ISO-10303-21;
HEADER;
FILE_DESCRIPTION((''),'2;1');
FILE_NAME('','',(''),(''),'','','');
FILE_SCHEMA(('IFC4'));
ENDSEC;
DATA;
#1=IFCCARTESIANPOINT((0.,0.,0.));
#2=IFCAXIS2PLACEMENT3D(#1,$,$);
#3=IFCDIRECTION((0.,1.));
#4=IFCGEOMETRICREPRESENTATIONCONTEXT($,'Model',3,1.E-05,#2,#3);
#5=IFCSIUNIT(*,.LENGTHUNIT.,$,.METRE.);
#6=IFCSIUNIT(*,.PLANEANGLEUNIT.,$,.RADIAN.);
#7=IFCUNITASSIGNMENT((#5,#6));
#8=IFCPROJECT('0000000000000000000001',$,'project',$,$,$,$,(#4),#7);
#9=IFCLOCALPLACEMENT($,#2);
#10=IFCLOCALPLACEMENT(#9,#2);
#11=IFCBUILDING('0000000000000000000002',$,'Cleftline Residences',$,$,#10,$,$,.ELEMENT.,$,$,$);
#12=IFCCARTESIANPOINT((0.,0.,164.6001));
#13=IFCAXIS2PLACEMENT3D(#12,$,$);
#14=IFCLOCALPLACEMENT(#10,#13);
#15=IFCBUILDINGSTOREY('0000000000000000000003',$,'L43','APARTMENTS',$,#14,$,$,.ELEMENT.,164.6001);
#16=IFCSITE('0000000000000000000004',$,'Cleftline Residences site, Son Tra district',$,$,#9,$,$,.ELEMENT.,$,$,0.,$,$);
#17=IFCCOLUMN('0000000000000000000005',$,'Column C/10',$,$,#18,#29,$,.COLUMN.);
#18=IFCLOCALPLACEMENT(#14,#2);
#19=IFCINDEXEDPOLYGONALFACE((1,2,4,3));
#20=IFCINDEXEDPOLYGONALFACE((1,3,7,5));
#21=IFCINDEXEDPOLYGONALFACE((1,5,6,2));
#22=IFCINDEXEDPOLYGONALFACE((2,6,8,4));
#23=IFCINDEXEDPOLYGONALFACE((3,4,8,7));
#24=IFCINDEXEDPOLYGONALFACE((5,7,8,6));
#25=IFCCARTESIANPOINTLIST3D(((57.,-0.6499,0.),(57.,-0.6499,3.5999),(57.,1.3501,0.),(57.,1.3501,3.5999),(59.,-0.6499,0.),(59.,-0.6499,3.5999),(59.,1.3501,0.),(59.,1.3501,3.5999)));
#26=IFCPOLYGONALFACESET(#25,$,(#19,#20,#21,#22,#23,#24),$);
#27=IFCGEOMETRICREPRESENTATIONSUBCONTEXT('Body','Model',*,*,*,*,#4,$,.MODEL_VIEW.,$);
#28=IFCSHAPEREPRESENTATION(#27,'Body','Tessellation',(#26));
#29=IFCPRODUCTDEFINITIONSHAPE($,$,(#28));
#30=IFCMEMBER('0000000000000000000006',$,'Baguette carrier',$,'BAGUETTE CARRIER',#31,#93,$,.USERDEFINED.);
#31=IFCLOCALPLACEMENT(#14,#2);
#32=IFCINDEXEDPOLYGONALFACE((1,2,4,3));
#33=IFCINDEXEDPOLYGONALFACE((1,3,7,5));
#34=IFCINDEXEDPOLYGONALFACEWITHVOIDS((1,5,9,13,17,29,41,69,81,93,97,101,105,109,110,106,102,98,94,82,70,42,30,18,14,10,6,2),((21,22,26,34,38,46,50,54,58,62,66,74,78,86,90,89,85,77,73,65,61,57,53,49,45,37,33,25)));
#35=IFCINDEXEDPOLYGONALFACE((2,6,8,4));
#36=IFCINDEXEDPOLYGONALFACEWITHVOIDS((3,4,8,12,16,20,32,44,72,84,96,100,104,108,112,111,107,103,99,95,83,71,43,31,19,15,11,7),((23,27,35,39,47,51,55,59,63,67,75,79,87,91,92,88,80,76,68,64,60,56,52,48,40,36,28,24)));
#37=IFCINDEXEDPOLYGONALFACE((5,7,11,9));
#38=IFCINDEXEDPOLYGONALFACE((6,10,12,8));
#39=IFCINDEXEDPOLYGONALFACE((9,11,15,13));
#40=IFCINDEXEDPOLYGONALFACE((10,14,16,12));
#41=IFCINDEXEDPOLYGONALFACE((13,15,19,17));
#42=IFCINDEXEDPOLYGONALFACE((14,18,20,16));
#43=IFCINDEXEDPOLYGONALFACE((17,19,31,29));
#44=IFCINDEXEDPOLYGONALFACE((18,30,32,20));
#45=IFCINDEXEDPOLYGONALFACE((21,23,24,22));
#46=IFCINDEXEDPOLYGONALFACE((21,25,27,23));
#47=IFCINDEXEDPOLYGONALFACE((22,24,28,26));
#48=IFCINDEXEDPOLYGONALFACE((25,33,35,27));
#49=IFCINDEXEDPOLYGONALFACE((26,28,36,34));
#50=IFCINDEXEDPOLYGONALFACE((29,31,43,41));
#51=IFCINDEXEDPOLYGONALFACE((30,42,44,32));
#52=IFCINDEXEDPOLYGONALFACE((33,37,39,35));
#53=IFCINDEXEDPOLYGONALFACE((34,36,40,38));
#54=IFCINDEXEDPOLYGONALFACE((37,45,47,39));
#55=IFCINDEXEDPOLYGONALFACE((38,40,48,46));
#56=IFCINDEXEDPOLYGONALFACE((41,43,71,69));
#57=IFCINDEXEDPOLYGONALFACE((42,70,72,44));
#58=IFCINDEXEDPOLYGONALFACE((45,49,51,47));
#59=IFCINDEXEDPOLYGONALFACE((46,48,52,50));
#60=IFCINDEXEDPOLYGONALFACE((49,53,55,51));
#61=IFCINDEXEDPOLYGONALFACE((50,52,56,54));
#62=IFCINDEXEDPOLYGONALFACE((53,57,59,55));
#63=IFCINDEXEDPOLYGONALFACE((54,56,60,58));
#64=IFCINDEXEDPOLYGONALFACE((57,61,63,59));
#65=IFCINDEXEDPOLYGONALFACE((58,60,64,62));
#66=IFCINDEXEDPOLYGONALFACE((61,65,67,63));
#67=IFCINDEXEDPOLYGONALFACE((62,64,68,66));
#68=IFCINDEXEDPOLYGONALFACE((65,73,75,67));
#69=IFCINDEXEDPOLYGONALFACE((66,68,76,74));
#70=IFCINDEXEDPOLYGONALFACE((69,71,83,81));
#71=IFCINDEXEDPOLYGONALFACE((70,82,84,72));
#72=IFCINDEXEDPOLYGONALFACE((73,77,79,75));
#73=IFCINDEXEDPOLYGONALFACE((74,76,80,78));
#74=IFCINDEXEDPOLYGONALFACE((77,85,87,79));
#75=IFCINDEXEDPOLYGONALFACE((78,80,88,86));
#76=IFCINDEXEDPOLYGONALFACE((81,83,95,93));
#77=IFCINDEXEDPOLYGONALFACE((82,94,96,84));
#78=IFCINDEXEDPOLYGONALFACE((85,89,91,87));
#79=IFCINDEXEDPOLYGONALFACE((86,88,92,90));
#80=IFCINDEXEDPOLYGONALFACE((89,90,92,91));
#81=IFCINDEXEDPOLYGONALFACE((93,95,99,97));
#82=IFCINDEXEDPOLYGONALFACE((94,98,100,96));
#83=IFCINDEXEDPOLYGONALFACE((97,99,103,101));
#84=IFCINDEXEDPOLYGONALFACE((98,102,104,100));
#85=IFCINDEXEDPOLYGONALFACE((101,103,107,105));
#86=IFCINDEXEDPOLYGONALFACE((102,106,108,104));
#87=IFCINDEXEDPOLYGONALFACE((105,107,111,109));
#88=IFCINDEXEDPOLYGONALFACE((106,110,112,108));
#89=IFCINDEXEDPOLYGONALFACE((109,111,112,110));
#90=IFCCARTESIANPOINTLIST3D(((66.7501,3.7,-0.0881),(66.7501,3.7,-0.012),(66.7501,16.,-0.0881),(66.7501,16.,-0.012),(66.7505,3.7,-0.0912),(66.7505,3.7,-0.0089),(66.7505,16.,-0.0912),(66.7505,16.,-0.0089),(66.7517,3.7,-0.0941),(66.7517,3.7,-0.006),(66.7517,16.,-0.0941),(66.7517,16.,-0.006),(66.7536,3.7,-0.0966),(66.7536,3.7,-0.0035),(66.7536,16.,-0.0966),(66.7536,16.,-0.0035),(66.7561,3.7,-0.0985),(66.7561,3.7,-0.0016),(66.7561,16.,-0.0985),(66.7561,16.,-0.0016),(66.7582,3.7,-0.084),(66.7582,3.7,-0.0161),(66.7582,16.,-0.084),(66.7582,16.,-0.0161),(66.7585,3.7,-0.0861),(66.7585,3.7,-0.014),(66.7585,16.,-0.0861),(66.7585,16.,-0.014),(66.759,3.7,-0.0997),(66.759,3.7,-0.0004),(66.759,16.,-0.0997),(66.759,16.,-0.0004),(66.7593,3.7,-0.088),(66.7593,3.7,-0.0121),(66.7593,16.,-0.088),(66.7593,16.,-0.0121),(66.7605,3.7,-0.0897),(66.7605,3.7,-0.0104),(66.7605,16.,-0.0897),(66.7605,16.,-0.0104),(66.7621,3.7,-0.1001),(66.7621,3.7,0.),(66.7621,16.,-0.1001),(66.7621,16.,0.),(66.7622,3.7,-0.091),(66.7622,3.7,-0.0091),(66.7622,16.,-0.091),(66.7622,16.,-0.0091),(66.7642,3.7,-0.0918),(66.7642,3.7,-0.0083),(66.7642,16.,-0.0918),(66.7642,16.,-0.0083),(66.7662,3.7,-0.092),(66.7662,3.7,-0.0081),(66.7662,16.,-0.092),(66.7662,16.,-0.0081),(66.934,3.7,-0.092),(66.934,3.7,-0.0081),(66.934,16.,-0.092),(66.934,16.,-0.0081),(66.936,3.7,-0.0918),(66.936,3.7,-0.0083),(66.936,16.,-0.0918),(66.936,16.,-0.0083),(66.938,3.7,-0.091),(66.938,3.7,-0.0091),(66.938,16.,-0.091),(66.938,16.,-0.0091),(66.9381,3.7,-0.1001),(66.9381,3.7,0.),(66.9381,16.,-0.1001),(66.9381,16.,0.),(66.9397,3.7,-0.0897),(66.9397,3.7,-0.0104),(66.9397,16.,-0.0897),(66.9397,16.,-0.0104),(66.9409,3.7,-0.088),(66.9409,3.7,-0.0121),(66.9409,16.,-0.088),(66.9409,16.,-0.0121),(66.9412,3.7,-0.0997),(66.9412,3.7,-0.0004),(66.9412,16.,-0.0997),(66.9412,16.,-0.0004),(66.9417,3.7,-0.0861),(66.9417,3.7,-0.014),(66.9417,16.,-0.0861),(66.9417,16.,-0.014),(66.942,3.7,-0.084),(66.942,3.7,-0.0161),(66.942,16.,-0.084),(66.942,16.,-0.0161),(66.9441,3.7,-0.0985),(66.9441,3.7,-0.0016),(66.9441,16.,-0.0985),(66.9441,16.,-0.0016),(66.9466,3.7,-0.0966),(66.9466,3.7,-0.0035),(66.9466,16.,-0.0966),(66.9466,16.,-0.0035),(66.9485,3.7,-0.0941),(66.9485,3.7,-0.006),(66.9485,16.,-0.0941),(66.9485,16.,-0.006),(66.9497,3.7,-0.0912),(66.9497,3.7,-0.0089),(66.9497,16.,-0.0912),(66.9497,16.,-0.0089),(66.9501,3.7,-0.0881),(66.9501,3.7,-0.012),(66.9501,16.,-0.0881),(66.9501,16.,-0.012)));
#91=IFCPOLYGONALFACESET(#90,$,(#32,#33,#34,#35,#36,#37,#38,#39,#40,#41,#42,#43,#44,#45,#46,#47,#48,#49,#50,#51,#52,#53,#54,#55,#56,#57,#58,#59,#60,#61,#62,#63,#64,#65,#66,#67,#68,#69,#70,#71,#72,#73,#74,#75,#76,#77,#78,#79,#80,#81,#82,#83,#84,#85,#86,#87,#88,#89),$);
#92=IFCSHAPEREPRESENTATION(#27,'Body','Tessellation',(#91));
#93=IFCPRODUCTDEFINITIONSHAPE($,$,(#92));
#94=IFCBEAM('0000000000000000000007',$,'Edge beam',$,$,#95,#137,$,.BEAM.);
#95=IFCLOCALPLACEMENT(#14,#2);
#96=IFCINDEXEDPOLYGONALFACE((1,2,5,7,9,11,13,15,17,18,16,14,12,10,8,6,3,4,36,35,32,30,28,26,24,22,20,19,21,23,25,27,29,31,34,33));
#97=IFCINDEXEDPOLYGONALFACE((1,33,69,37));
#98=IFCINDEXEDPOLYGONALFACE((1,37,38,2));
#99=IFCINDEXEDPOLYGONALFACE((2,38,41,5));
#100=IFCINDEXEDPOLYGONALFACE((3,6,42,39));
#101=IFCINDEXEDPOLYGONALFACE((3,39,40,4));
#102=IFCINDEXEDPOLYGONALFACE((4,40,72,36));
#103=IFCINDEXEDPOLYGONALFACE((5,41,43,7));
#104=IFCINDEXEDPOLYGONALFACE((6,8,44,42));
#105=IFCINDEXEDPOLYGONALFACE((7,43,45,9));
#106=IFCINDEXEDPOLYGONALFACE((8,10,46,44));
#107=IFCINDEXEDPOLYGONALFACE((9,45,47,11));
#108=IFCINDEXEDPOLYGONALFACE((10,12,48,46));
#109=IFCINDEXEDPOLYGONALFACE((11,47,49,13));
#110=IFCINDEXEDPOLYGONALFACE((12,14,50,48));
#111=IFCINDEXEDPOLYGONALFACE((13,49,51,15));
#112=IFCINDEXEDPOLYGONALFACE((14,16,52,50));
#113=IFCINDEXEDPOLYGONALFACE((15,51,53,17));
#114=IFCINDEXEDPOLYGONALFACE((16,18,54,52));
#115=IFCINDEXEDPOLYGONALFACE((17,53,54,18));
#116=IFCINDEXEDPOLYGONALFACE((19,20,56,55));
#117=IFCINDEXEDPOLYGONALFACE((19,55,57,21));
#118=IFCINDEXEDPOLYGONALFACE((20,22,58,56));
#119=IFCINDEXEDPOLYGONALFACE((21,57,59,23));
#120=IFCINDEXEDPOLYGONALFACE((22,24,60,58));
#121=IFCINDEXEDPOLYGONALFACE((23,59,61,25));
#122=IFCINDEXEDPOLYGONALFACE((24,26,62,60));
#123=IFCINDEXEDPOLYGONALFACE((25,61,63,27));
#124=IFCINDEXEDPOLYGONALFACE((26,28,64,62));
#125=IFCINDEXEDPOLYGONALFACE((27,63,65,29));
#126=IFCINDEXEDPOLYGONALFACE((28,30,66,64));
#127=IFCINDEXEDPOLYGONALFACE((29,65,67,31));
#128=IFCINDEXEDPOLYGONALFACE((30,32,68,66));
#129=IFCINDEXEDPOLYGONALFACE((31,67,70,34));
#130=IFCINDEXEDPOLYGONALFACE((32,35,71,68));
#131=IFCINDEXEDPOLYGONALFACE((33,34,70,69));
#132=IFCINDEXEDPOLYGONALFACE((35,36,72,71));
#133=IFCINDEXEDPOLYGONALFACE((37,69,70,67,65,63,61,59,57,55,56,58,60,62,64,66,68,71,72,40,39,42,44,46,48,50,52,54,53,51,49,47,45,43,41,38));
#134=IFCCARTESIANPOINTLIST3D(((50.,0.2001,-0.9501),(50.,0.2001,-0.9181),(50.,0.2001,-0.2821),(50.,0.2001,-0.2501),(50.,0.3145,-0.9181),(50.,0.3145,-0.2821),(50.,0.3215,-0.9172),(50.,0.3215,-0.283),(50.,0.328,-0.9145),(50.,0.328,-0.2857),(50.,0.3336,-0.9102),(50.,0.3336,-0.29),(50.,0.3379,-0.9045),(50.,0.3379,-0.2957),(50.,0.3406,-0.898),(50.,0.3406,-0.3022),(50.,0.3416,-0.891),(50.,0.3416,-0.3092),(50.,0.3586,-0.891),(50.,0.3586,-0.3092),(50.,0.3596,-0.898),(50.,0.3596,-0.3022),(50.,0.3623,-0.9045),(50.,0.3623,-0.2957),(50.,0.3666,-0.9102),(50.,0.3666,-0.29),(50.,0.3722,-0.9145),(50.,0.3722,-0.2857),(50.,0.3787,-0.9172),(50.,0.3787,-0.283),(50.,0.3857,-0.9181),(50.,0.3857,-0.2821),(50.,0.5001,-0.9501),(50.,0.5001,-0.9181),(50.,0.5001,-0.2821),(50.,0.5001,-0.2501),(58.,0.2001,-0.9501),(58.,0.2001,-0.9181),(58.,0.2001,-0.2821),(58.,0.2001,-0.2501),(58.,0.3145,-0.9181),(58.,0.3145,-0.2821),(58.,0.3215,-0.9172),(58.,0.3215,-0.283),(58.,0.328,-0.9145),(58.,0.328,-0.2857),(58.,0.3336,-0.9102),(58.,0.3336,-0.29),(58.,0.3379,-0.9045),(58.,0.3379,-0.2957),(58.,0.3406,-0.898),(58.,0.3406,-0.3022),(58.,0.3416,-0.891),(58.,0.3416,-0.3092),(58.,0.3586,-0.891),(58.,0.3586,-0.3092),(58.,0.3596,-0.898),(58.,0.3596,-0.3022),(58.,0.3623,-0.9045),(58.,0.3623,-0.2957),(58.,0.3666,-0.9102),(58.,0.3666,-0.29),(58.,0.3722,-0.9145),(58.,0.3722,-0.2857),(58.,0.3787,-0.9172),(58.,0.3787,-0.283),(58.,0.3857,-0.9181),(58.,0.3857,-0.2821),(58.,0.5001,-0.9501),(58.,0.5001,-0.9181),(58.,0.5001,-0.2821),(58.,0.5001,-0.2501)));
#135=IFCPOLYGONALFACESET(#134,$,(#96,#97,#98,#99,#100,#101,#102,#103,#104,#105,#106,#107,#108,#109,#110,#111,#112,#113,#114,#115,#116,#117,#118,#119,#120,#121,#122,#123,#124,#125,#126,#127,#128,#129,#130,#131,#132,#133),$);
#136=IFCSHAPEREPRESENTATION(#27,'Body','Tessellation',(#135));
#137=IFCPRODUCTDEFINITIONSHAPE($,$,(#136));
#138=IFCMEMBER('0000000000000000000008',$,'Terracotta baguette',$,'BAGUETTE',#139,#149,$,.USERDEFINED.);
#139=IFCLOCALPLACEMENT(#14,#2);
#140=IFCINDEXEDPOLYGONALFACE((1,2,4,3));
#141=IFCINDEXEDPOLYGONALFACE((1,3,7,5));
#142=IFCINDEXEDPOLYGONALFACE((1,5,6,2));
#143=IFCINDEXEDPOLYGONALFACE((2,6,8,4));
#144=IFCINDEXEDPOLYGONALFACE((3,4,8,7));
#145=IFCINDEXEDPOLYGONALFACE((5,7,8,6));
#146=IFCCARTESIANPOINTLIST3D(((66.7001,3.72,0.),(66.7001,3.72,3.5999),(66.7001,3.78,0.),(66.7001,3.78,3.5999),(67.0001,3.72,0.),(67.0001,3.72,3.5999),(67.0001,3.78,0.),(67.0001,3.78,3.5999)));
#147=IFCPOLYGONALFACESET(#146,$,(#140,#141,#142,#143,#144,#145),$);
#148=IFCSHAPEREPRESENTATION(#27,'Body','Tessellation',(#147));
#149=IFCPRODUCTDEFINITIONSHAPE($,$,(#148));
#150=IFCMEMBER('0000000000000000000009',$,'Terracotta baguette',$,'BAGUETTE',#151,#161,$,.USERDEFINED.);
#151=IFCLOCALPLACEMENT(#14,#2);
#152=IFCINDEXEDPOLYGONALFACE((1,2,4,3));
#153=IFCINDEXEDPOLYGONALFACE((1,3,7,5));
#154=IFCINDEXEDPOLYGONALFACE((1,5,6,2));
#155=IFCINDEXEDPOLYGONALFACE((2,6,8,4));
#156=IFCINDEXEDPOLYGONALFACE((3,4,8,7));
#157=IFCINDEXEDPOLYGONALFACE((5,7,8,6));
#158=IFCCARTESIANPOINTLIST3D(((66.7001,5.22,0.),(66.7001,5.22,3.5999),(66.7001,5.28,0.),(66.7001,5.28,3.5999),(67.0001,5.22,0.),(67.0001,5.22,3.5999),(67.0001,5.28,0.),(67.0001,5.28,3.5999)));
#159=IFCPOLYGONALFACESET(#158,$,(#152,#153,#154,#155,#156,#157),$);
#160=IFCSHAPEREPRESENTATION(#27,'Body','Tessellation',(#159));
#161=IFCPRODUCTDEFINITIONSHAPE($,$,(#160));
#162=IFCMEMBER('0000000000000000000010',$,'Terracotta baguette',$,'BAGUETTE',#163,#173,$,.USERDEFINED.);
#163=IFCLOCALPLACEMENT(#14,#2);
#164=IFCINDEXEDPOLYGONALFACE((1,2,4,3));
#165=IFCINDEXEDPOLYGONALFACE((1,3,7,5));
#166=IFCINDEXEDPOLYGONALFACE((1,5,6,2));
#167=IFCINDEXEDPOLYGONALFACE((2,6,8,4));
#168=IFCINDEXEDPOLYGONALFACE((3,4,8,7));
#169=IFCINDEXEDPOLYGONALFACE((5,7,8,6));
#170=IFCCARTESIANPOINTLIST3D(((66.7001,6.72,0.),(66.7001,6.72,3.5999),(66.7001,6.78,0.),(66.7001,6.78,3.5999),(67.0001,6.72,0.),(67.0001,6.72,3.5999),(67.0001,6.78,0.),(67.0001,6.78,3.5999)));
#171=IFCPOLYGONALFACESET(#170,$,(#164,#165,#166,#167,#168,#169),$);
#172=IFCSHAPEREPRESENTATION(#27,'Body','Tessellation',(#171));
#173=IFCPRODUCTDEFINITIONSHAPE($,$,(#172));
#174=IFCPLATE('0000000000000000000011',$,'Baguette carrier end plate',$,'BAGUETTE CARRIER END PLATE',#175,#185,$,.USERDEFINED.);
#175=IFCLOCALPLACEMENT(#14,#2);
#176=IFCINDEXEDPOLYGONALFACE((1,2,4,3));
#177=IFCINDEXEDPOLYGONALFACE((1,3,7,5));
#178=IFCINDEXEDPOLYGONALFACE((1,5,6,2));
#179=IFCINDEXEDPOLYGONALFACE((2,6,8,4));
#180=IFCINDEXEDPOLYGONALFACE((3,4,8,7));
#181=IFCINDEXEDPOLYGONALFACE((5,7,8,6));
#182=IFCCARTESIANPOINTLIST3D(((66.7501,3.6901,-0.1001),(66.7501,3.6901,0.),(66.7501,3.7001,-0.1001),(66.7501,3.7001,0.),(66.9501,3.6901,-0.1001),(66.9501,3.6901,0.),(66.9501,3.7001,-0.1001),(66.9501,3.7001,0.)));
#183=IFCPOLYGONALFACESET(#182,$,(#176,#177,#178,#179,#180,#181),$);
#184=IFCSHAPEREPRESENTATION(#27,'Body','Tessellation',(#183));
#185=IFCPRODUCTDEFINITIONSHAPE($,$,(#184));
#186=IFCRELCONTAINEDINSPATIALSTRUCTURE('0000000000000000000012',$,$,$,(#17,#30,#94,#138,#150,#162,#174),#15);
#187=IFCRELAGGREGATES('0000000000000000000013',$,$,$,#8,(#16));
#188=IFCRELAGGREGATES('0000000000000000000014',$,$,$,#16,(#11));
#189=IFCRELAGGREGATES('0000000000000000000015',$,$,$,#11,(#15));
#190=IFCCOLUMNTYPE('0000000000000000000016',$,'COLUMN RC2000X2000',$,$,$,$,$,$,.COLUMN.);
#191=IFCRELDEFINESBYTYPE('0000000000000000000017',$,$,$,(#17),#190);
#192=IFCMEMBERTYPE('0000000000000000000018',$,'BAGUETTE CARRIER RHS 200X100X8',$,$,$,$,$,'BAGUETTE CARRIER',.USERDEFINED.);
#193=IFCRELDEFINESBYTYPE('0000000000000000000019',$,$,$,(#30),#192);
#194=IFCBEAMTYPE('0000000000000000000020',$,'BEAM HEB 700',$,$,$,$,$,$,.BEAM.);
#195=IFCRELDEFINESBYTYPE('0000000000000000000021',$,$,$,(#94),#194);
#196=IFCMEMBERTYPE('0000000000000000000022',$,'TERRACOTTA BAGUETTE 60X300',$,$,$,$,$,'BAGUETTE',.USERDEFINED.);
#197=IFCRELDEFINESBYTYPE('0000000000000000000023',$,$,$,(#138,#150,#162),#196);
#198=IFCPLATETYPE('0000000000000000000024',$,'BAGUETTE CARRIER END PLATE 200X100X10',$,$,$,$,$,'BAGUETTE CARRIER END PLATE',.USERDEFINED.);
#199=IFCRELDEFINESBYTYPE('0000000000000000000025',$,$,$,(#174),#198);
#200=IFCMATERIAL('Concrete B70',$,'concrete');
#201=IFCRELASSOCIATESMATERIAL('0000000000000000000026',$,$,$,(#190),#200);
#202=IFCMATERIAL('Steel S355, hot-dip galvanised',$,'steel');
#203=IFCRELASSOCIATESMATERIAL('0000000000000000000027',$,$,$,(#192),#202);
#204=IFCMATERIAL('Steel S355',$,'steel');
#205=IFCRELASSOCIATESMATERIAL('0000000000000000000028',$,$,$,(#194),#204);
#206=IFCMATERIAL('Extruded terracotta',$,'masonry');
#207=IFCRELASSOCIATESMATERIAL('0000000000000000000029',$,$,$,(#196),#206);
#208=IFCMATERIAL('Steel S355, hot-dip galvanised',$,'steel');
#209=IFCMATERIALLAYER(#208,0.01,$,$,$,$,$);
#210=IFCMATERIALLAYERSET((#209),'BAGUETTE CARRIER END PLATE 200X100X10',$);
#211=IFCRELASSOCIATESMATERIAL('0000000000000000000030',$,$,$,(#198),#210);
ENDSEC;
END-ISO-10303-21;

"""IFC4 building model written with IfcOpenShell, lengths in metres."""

from ifc_helpers import new_model, si_unit, direction, frame, origin, origin_2d, place, context, subcontext, project, spatial, rectangle, hollow_rectangle, i_section, extrude, material, layer, layer_set, material_profile, profile_set, type_object, element, save


model = new_model("IFC4")

# Units and contexts
model_context = context("Model", 3, precision=1e-05, world=origin(), true_north=direction((0.0, 1.0)))
body_context = subcontext(model_context, "Body", "Model", "MODEL_VIEW")
ifc_project = project(units=[si_unit("LENGTHUNIT", "METRE"), si_unit("PLANEANGLEUNIT", "RADIAN")], contexts=[model_context])

# Site, building, storey
site_placement = place(None, origin())
site = spatial("IfcSite", under=ifc_project, at=site_placement, Name="Cleftline Residences site, Son Tra district", CompositionType="ELEMENT", RefElevation=0.0)
building_placement = place(site_placement, origin())
building = spatial("IfcBuilding", under=site, at=building_placement, Name="Cleftline Residences", CompositionType="ELEMENT")
storey_placement = place(building_placement, frame((0.0, 0.0, 164.6001)))
storey = spatial("IfcBuildingStorey", under=building, at=storey_placement, Name="L43", Description="APARTMENTS", CompositionType="ELEMENT", Elevation=164.6001)

# Column
ifc_material_1 = material(Name="Concrete B70", Category="concrete")
ifc_material_profile_1 = material_profile(ifc_material_1, rectangle(XDim=2.0, YDim=2.0, at=origin_2d()))
ifc_profile_set_1 = profile_set([ifc_material_profile_1], Name="Concrete B70")
column_type = type_object("IfcColumnType", Name="COLUMN RC2000X2000", PredefinedType="COLUMN", material=ifc_profile_set_1)
column_placement = place(storey_placement, frame((58.0, 0.3501, 0.0), z_axis=(0.0, 0.0, 1.0), x_axis=(1.0, 0.0, 0.0)))
element("IfcColumn", 1, at=column_placement, inside=storey, type_object=column_type, Name="Column C/10", PredefinedType="COLUMN", context=body_context, shape_type="SweptSolid", body=[
    extrude(rectangle(XDim=2.0, YDim=2.0, at=origin_2d()), origin(), (0.0, 0.0, 1.0), 3.5999),
])

# Member
ifc_material_2 = material(Name="Steel S355, hot-dip galvanised", Category="steel")
ifc_material_profile_2 = material_profile(ifc_material_2, hollow_rectangle(XDim=0.1001, YDim=0.2, WallThickness=0.0081, InnerFilletRadius=0.0081, OuterFilletRadius=0.012, at=origin_2d()))
ifc_profile_set_2 = profile_set([ifc_material_profile_2], Name="Steel S355, hot-dip galvanised")
member_type_1 = type_object("IfcMemberType", Name="BAGUETTE CARRIER RHS 200X100X8", ElementType="BAGUETTE CARRIER", PredefinedType="USERDEFINED", material=ifc_profile_set_2)
member_placement = place(storey_placement, frame((66.8501, 3.7, -0.05), z_axis=(0.0, 1.0, 0.0), x_axis=(0.0, 0.0, 1.0)))
element("IfcMember", 2, at=member_placement, inside=storey, type_object=member_type_1, Name="Baguette carrier", ObjectType="BAGUETTE CARRIER", PredefinedType="USERDEFINED", context=body_context, shape_type="SweptSolid", body=[
    extrude(hollow_rectangle(XDim=0.1001, YDim=0.2, WallThickness=0.0081, InnerFilletRadius=0.0081, OuterFilletRadius=0.012, at=origin_2d()), origin(), (0.0, 0.0, 1.0), 12.3),
])

# Beam
ifc_material_3 = material(Name="Steel S355", Category="steel")
ifc_material_profile_3 = material_profile(ifc_material_3, i_section(OverallWidth=0.3, OverallDepth=0.7, WebThickness=0.0171, FlangeThickness=0.032, FilletRadius=0.0271, at=origin_2d()))
ifc_profile_set_3 = profile_set([ifc_material_profile_3], Name="Steel S355")
beam_type = type_object("IfcBeamType", Name="BEAM HEB 700", PredefinedType="BEAM", material=ifc_profile_set_3)
beam_placement = place(storey_placement, frame((58.0, 0.3501, -0.6001), z_axis=(-1.0, 0.0, 0.0), x_axis=(0.0, -1.0, 0.0)))
element("IfcBeam", 3, at=beam_placement, inside=storey, type_object=beam_type, Name="Edge beam", PredefinedType="BEAM", context=body_context, shape_type="SweptSolid", body=[
    extrude(i_section(OverallWidth=0.3, OverallDepth=0.7, WebThickness=0.0171, FlangeThickness=0.032, FilletRadius=0.0271, at=origin_2d()), origin(), (0.0, 0.0, 1.0), 8.0),
])

# Members
ifc_material_4 = material(Name="Extruded terracotta", Category="masonry")
ifc_material_profile_4 = material_profile(ifc_material_4, rectangle(XDim=0.0601, YDim=0.3, at=origin_2d()))
ifc_profile_set_4 = profile_set([ifc_material_profile_4], Name="Extruded terracotta")
member_type_2 = type_object("IfcMemberType", Name="TERRACOTTA BAGUETTE 60X300", ElementType="BAGUETTE", PredefinedType="USERDEFINED", material=ifc_profile_set_4)
for number, where, z_axis, x_axis, name in (
    (4, (66.8501, 3.75, 0.0), (0.0, 0.0, 1.0), (0.0, 1.0, 0.0), "Terracotta baguette"),
    (5, (66.8501, 5.25, 0.0), (0.0, 0.0, 1.0), (0.0, 1.0, 0.0), "Terracotta baguette"),
    (6, (66.8501, 6.75, 0.0), (0.0, 0.0, 1.0), (0.0, 1.0, 0.0), "Terracotta baguette"),
):
    element("IfcMember", number, at=place(storey_placement, frame(where, z_axis=z_axis, x_axis=x_axis)), inside=storey, type_object=member_type_2, Name=name, ObjectType="BAGUETTE", PredefinedType="USERDEFINED", context=body_context, shape_type="SweptSolid", body=[
        extrude(rectangle(XDim=0.0601, YDim=0.3, at=origin_2d()), origin(), (0.0, 0.0, 1.0), 3.5999),
    ])

# Plate
ifc_material_5 = material(Name="Steel S355, hot-dip galvanised", Category="steel")
ifc_layer_1 = layer(ifc_material_5, 0.01)
ifc_layer_set_1 = layer_set([ifc_layer_1], Name="BAGUETTE CARRIER END PLATE 200X100X10")
plate_type = type_object("IfcPlateType", Name="BAGUETTE CARRIER END PLATE 200X100X10", ElementType="BAGUETTE CARRIER END PLATE", PredefinedType="USERDEFINED", material=ifc_layer_set_1)
plate_placement = place(storey_placement, frame((66.8501, 3.6951, -0.1001), z_axis=(0.0, 0.0, 1.0), x_axis=(1.0, 0.0, 0.0)))
element("IfcPlate", 7, at=plate_placement, inside=storey, type_object=plate_type, Name="Baguette carrier end plate", ObjectType="BAGUETTE CARRIER END PLATE", PredefinedType="USERDEFINED", context=body_context, shape_type="SweptSolid", body=[
    extrude(rectangle(XDim=0.2, YDim=0.01, at=origin_2d()), origin(), (0.0, 0.0, 1.0), 0.1001),
])

save(model, "model.ifc")
